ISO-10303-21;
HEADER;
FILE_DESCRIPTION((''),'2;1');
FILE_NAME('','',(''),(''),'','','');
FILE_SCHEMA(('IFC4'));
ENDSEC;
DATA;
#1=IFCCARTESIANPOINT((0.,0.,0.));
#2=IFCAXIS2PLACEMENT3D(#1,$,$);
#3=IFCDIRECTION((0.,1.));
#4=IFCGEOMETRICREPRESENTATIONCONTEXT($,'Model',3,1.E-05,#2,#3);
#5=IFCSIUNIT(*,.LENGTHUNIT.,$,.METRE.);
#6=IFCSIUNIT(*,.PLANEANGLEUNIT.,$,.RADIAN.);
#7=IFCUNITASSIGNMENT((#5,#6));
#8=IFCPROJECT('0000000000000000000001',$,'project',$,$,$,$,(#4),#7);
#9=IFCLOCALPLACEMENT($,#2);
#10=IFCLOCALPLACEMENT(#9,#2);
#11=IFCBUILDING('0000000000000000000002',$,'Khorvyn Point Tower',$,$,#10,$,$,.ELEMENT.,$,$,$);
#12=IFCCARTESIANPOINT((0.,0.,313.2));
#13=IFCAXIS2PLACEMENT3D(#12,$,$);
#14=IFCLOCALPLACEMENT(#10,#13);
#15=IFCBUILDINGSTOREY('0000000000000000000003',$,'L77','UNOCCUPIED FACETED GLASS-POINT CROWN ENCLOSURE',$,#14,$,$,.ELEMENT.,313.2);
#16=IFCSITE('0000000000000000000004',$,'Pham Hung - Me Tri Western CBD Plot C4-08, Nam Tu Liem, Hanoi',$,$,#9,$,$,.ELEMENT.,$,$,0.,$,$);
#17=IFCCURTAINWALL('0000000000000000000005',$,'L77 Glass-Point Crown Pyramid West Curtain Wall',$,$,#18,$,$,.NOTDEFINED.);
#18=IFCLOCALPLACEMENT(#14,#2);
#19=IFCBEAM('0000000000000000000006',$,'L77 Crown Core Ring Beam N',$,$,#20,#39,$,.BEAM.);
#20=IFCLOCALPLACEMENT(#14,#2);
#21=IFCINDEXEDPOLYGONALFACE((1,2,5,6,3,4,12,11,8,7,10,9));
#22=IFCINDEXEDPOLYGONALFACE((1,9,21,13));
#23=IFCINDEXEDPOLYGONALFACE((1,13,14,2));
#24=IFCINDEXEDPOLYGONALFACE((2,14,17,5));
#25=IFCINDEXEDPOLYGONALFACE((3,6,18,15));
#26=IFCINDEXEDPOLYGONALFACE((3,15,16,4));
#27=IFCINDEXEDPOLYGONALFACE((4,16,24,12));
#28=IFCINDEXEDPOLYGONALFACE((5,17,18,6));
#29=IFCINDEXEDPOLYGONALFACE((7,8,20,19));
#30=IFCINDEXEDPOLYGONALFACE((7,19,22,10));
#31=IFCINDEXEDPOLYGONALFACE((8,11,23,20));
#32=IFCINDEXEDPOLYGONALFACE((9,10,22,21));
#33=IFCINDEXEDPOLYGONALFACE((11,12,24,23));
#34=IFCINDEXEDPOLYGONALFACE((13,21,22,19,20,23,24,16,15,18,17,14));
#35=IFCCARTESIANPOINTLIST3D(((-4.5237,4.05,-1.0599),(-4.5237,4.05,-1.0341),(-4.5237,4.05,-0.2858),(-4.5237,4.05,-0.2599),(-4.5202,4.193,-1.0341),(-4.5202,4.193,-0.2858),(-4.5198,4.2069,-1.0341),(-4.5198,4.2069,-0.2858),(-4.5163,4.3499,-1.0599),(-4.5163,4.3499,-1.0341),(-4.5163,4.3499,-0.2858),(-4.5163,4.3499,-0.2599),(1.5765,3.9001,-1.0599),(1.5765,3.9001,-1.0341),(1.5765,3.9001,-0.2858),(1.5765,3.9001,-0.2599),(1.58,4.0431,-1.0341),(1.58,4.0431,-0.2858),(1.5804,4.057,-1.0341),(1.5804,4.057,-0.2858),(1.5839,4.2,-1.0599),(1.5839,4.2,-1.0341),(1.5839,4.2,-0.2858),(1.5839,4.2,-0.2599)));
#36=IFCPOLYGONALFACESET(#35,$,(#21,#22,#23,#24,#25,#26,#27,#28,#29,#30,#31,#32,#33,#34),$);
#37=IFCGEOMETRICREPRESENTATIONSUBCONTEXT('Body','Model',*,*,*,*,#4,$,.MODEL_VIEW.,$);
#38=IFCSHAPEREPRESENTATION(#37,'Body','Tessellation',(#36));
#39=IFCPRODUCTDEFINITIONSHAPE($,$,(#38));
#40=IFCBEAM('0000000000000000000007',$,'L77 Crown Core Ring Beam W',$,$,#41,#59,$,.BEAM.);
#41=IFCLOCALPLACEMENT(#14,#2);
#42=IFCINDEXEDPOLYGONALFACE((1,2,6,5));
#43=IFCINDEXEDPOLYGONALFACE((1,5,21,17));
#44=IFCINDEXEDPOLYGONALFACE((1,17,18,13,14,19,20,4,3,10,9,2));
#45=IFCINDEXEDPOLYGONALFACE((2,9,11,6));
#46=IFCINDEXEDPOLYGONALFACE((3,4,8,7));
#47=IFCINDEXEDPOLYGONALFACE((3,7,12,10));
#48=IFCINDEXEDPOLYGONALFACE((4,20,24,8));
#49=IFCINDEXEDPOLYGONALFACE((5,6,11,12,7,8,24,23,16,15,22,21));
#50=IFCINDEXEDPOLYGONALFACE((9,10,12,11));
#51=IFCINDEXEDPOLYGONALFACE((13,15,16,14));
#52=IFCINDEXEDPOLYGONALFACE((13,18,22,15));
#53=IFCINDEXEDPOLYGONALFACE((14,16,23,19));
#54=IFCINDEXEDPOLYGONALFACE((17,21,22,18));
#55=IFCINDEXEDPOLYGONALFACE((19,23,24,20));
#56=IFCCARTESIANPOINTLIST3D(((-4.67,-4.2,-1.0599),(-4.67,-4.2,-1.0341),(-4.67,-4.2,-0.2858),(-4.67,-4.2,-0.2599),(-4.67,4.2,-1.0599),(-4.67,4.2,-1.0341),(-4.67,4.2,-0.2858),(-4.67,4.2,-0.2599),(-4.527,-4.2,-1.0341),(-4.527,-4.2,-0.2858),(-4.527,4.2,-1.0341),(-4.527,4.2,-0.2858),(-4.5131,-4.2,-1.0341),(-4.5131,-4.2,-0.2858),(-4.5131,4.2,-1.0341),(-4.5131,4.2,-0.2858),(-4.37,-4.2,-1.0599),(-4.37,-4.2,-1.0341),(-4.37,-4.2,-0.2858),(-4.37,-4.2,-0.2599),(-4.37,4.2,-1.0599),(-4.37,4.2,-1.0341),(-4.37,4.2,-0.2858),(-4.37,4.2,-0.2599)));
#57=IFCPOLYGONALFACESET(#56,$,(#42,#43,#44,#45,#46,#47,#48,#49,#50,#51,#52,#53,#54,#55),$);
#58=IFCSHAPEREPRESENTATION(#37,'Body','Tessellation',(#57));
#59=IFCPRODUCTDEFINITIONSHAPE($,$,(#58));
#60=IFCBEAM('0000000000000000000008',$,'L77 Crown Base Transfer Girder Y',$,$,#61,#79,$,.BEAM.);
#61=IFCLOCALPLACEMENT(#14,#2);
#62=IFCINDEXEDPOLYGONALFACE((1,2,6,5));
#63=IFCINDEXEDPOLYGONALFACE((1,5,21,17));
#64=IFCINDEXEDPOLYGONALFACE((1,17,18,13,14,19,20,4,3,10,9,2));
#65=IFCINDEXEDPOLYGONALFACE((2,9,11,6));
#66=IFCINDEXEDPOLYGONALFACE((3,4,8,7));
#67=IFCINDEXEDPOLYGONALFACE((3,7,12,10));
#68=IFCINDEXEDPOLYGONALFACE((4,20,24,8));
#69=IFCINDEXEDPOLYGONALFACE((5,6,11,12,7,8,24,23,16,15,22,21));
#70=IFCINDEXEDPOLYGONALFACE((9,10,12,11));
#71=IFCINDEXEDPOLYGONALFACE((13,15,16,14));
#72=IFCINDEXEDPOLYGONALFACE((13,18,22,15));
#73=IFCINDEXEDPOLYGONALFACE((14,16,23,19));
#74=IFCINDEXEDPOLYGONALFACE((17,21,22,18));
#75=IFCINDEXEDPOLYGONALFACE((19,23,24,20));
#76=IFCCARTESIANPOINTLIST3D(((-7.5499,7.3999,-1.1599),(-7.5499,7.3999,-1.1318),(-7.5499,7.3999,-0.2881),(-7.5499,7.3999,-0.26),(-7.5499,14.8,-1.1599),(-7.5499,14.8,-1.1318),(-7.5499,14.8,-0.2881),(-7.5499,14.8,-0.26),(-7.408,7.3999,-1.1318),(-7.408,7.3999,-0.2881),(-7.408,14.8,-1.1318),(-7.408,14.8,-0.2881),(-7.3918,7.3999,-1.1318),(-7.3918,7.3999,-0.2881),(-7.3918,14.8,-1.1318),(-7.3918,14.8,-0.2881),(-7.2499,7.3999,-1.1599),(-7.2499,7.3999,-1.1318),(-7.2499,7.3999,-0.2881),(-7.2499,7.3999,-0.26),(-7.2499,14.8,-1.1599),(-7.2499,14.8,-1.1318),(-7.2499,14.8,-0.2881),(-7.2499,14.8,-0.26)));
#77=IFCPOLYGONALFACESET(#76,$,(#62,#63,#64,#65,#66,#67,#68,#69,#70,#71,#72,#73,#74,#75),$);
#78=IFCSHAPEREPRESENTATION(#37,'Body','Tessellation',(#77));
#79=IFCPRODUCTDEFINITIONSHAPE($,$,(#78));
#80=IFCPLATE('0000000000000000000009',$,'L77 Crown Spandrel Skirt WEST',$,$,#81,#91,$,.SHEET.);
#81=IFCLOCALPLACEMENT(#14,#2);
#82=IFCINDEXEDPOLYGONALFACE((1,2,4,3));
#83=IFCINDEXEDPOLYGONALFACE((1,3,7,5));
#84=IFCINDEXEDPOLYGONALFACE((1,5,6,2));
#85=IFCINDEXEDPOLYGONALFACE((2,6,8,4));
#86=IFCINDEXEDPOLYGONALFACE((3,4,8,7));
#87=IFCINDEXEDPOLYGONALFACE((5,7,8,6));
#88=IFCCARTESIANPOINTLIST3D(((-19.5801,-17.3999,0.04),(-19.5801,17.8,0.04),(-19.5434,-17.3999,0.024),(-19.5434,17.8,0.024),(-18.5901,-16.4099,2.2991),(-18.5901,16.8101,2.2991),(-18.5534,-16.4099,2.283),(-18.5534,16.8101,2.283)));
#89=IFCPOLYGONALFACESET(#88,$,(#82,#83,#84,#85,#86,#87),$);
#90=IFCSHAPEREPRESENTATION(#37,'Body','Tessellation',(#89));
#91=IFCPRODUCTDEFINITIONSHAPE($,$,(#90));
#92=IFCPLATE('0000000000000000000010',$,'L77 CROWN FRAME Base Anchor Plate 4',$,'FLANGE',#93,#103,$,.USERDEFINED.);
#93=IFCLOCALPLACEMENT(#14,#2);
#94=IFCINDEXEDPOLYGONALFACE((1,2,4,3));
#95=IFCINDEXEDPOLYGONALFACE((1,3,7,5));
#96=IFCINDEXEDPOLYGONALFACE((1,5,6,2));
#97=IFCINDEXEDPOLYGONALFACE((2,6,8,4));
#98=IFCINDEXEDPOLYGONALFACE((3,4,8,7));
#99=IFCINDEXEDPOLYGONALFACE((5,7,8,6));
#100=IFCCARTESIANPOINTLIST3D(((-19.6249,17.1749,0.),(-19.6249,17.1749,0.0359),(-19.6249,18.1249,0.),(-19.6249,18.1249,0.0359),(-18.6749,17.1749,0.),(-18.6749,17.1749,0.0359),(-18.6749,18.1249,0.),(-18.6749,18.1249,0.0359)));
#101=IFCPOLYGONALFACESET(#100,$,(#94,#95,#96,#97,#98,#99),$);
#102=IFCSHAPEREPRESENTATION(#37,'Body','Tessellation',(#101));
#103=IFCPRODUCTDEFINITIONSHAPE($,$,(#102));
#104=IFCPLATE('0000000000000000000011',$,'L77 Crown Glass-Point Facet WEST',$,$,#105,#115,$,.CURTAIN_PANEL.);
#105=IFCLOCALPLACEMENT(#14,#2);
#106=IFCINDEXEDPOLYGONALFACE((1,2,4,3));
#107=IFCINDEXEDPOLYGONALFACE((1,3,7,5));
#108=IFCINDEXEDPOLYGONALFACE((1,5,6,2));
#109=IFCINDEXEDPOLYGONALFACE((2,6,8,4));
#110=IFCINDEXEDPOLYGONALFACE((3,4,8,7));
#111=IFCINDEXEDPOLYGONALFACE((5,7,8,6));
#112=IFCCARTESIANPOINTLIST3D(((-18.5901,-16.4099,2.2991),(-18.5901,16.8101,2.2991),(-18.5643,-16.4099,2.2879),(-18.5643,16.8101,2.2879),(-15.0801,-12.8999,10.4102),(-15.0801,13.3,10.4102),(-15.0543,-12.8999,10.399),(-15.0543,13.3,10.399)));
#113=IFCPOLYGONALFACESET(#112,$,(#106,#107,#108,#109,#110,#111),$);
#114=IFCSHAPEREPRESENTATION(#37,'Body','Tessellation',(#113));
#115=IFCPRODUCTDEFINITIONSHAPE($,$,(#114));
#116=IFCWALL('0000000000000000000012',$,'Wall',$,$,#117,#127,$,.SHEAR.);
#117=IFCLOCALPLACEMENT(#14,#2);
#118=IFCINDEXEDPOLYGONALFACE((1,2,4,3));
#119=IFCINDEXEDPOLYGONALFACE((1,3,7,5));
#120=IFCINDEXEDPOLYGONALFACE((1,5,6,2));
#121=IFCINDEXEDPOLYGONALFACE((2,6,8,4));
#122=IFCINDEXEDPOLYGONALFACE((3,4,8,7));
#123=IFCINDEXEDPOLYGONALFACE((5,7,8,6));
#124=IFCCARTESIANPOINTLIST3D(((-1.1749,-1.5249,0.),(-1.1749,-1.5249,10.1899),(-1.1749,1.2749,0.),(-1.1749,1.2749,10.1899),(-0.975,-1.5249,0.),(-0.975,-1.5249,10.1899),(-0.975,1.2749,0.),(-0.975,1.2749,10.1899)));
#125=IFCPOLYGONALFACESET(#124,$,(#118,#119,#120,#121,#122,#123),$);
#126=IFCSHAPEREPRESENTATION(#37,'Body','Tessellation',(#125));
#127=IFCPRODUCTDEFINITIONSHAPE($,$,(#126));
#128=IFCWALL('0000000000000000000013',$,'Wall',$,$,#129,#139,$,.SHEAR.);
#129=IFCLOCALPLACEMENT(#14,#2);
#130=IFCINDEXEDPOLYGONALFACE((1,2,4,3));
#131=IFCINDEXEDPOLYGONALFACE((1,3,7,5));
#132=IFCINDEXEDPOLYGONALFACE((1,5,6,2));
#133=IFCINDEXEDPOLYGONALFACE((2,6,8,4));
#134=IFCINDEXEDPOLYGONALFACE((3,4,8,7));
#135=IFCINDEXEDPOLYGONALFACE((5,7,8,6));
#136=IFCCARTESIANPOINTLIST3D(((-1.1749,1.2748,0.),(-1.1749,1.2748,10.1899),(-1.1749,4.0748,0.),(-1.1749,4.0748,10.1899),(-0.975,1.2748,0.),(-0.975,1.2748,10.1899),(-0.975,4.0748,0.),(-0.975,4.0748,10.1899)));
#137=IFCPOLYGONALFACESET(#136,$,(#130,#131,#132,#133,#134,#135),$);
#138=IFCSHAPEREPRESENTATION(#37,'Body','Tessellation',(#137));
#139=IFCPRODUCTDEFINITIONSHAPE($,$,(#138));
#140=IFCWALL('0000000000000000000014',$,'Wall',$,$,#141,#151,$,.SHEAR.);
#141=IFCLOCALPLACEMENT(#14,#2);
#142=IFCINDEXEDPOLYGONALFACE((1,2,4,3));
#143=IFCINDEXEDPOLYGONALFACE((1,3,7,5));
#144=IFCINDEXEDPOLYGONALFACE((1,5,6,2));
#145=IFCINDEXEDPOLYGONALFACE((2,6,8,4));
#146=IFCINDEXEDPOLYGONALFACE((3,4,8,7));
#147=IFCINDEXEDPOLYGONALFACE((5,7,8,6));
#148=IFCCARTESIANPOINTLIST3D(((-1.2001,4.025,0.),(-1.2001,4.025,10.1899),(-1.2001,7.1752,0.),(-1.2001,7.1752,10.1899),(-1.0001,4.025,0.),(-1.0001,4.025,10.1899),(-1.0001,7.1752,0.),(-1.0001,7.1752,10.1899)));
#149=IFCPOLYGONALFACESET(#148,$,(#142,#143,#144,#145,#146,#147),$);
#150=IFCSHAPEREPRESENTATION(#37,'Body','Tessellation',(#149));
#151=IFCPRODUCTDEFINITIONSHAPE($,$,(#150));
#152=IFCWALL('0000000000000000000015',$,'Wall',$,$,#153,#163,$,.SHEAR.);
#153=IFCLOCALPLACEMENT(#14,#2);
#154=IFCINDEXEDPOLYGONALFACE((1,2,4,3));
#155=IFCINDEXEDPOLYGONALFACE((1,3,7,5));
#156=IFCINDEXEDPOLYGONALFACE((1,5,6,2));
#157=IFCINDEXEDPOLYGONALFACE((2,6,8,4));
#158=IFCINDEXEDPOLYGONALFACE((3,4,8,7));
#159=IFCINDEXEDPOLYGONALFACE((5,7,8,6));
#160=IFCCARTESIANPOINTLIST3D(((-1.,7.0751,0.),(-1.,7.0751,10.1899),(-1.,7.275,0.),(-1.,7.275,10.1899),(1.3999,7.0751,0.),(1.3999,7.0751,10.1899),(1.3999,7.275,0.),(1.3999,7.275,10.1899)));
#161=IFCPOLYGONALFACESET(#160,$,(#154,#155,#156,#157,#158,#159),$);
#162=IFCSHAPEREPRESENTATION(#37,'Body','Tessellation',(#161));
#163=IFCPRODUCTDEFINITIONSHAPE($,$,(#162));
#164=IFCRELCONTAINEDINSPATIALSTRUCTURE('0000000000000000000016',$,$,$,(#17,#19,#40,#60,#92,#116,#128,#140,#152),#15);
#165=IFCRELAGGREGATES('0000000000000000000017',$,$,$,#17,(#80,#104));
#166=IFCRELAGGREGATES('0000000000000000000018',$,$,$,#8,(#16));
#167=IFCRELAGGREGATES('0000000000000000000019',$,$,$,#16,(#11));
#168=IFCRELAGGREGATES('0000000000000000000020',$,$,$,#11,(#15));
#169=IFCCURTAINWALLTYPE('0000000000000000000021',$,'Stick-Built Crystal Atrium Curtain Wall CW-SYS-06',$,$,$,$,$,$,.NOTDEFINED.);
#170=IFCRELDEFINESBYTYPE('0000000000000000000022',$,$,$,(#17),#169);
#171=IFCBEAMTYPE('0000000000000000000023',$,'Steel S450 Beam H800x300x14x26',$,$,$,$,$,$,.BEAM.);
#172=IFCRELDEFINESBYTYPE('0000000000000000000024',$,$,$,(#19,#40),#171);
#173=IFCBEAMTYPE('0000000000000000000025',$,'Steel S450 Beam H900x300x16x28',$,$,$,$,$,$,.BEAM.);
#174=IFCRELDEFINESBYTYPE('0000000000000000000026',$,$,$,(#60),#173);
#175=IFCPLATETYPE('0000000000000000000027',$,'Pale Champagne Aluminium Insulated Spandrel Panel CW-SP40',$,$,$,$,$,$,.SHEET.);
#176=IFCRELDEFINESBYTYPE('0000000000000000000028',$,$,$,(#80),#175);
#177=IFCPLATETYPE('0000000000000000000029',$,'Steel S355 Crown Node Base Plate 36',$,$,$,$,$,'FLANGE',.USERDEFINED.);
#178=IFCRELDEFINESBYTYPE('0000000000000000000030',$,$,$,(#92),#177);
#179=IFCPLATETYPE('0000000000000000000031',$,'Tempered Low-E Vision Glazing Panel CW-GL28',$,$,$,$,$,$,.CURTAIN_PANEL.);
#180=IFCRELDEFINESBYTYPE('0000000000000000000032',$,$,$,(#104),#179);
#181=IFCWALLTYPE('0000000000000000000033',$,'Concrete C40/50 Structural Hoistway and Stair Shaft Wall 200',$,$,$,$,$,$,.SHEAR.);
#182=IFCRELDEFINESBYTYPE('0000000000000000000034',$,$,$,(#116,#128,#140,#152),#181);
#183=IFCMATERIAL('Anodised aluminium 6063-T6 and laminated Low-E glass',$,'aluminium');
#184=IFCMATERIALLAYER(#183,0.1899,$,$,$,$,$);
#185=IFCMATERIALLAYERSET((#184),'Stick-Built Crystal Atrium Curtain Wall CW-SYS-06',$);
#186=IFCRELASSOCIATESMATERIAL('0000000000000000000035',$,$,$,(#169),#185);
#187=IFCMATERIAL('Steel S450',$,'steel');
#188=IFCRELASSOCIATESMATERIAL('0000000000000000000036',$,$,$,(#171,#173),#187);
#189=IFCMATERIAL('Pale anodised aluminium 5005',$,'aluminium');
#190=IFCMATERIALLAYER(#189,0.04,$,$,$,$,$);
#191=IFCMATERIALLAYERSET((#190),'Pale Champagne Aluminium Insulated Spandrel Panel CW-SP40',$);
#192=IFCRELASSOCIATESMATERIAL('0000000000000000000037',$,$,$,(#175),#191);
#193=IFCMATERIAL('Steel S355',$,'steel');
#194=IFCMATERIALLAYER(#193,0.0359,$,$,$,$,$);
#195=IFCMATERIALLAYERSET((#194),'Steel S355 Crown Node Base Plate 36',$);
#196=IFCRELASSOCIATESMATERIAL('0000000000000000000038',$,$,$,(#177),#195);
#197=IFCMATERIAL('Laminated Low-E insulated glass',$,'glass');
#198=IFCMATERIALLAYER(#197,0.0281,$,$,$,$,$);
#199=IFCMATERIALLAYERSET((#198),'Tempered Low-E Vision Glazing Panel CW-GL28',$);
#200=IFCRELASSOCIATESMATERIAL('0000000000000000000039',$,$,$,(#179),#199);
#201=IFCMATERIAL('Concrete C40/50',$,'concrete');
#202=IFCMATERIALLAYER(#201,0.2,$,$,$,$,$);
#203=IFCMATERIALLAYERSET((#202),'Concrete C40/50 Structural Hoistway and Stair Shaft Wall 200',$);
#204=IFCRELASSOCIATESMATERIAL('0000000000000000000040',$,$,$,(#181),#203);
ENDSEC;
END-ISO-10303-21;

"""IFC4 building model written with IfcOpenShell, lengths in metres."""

from ifc_helpers import new_model, si_unit, direction, frame, frame_2d, origin, origin_2d, place, context, subcontext, project, spatial, polyline, rectangle, i_section, outline, extrude, material, layer, layer_set, material_profile, profile_set, type_object, element, aggregate, save


model = new_model("IFC4")

# Units and contexts
model_context = context("Model", 3, precision=1e-05, world=origin(), true_north=direction((0.0, 1.0)))
body_context = subcontext(model_context, "Body", "Model", "MODEL_VIEW")
ifc_project = project(units=[si_unit("LENGTHUNIT", "METRE"), si_unit("PLANEANGLEUNIT", "RADIAN")], contexts=[model_context])

# Site, building, storey
site_placement = place(None, origin())
site = spatial("IfcSite", under=ifc_project, at=site_placement, Name="Pham Hung - Me Tri Western CBD Plot C4-08, Nam Tu Liem, Hanoi", CompositionType="ELEMENT", RefElevation=0.0)
building_placement = place(site_placement, origin())
building = spatial("IfcBuilding", under=site, at=building_placement, Name="Khorvyn Point Tower", CompositionType="ELEMENT")
storey_placement = place(building_placement, frame((0.0, 0.0, 313.2)))
storey = spatial("IfcBuildingStorey", under=building, at=storey_placement, Name="L77", Description="UNOCCUPIED FACETED GLASS-POINT CROWN ENCLOSURE", CompositionType="ELEMENT", Elevation=313.2)

# Shared definitions
ifc_material_1 = material(Name="Steel S355", Category="steel")

# Curtain wall
ifc_material_2 = material(Name="Anodised aluminium 6063-T6 and laminated Low-E glass", Category="aluminium")
ifc_layer_1 = layer(ifc_material_2, 0.1899)
ifc_layer_set_1 = layer_set([ifc_layer_1], Name="Stick-Built Crystal Atrium Curtain Wall CW-SYS-06")
curtain_wall_type = type_object("IfcCurtainWallType", Name="Stick-Built Crystal Atrium Curtain Wall CW-SYS-06", PredefinedType="NOTDEFINED", material=ifc_layer_set_1)
curtain_wall_placement = place(storey_placement, origin())
curtain_wall = element("IfcCurtainWall", 1, at=curtain_wall_placement, inside=storey, type_object=curtain_wall_type, Name="L77 Glass-Point Crown Pyramid West Curtain Wall", PredefinedType="NOTDEFINED")

# Shared definitions
ifc_material_3 = material(Name="Concrete C40/50", Category="concrete")

# Beams
ifc_material_4 = material(Name="Steel S450", Category="steel")
ifc_material_profile_1 = material_profile(ifc_material_4, i_section(OverallWidth=0.3, OverallDepth=0.8, WebThickness=0.0139, FlangeThickness=0.0259, at=origin_2d()))
ifc_profile_set_1 = profile_set([ifc_material_profile_1], Name="Steel S450 H800x300x14x26")
beam_type_1 = type_object("IfcBeamType", Name="Steel S450 Beam H800x300x14x26", PredefinedType="BEAM", material=ifc_profile_set_1)
beam_1_placement = place(storey_placement, frame((-4.52, 4.2, -0.6599), z_axis=(0.999698, -0.024566, 0.0), x_axis=(0.024566, 0.999698, 0.0)))
element("IfcBeam", 2, at=beam_1_placement, inside=storey, type_object=beam_type_1, Name="L77 Crown Core Ring Beam N", PredefinedType="BEAM", context=body_context, shape_type="SweptSolid", body=[
    extrude(i_section(OverallWidth=0.3, OverallDepth=0.8, WebThickness=0.0139, FlangeThickness=0.0259, at=origin_2d()), origin(), (0.0, 0.0, 1.0), 6.1021),
])
beam_2_placement = place(storey_placement, frame((-4.52, -4.2, -0.6599), z_axis=(0.0, 1.0, 0.0), x_axis=(-1.0, 0.0, 0.0)))
element("IfcBeam", 3, at=beam_2_placement, inside=storey, type_object=beam_type_1, Name="L77 Crown Core Ring Beam W", PredefinedType="BEAM", context=body_context, shape_type="SweptSolid", body=[
    extrude(i_section(OverallWidth=0.3, OverallDepth=0.8, WebThickness=0.0139, FlangeThickness=0.0259, at=origin_2d()), origin(), (0.0, 0.0, 1.0), 8.3999),
])
ifc_material_profile_2 = material_profile(ifc_material_4, i_section(OverallWidth=0.3, OverallDepth=0.8999, WebThickness=0.0161, FlangeThickness=0.0281, at=origin_2d()))
ifc_profile_set_2 = profile_set([ifc_material_profile_2], Name="Steel S450 H900x300x16x28")
beam_type_2 = type_object("IfcBeamType", Name="Steel S450 Beam H900x300x16x28", PredefinedType="BEAM", material=ifc_profile_set_2)
beam_3_placement = place(storey_placement, frame((-7.3999, 7.3999, -0.71), z_axis=(0.0, 1.0, 0.0), x_axis=(-1.0, 0.0, 0.0)))
element("IfcBeam", 4, at=beam_3_placement, inside=storey, type_object=beam_type_2, Name="L77 Crown Base Transfer Girder Y", PredefinedType="BEAM", context=body_context, shape_type="SweptSolid", body=[
    extrude(i_section(OverallWidth=0.3, OverallDepth=0.8999, WebThickness=0.0161, FlangeThickness=0.0281, at=origin_2d()), origin(), (0.0, 0.0, 1.0), 7.4001),
])

# Plates
ifc_material_5 = material(Name="Pale anodised aluminium 5005", Category="aluminium")
ifc_layer_2 = layer(ifc_material_5, 0.04)
ifc_layer_set_2 = layer_set([ifc_layer_2], Name="Pale Champagne Aluminium Insulated Spandrel Panel CW-SP40")
plate_type_1 = type_object("IfcPlateType", Name="Pale Champagne Aluminium Insulated Spandrel Panel CW-SP40", PredefinedType="SHEET", material=ifc_layer_set_2)
plate_1_placement = place(storey_placement, frame((-19.5801, 17.8, 0.04), z_axis=(-0.91591, 0.0, 0.401385), x_axis=(0.0, -1.0, 0.0)))
plate_1 = element("IfcPlate", 5, at=plate_1_placement, type_object=plate_type_1, Name="L77 Crown Spandrel Skirt WEST", PredefinedType="SHEET", context=body_context, shape_type="SweptSolid", body=[
    extrude(outline(polyline([(0.0, 0.0), (35.2, 0.0), (34.21, 2.4664), (0.99, 2.4664), (0.0, 0.0)])), origin(), (0.0, 0.0, -1.0), 0.04),
])
ifc_layer_3 = layer(ifc_material_1, 0.0359)
ifc_layer_set_3 = layer_set([ifc_layer_3], Name="Steel S355 Crown Node Base Plate 36")
plate_type_2 = type_object("IfcPlateType", Name="Steel S355 Crown Node Base Plate 36", ElementType="FLANGE", PredefinedType="USERDEFINED", material=ifc_layer_set_3)
plate_2_placement = place(storey_placement, frame((-19.1499, 17.6499, 0.0), z_axis=(0.0, 0.0, 1.0), x_axis=(1.0, 0.0, 0.0)))
element("IfcPlate", 6, at=plate_2_placement, inside=storey, type_object=plate_type_2, Name="L77 CROWN FRAME Base Anchor Plate 4", ObjectType="FLANGE", PredefinedType="USERDEFINED", context=body_context, shape_type="SweptSolid", body=[
    extrude(rectangle(XDim=0.95, YDim=0.95, at=origin_2d()), origin(), (0.0, 0.0, 1.0), 0.0359),
])
ifc_material_6 = material(Name="Laminated Low-E insulated glass", Category="glass")
ifc_layer_4 = layer(ifc_material_6, 0.0281)
ifc_layer_set_4 = layer_set([ifc_layer_4], Name="Tempered Low-E Vision Glazing Panel CW-GL28")
plate_type_3 = type_object("IfcPlateType", Name="Tempered Low-E Vision Glazing Panel CW-GL28", PredefinedType="CURTAIN_PANEL", material=ifc_layer_set_4)
plate_3_placement = place(storey_placement, frame((-18.5901, 16.8101, 2.2991), z_axis=(-0.917753, 0.0, 0.397151), x_axis=(0.0, -1.0, 0.0)))
plate_3 = element("IfcPlate", 7, at=plate_3_placement, type_object=plate_type_3, Name="L77 Crown Glass-Point Facet WEST", PredefinedType="CURTAIN_PANEL", context=body_context, shape_type="SweptSolid", body=[
    extrude(outline(polyline([(0.0, 0.0), (33.22, 0.0), (29.71, 8.838), (3.51, 8.838), (0.0, 0.0)])), origin(), (0.0, 0.0, -1.0), 0.0281),
])
aggregate(curtain_wall, [plate_1, plate_3])

# Walls
ifc_layer_5 = layer(ifc_material_3, 0.2)
ifc_layer_set_5 = layer_set([ifc_layer_5], Name="Concrete C40/50 Structural Hoistway and Stair Shaft Wall 200")
wall_type = type_object("IfcWallType", Name="Concrete C40/50 Structural Hoistway and Stair Shaft Wall 200", PredefinedType="SHEAR", material=ifc_layer_set_5)
wall_1_placement = place(storey_placement, frame((-1.075, -1.5249, 0.0), z_axis=(0.0, 0.0, 1.0), x_axis=(0.0, 1.0, 0.0)))
element("IfcWall", 8, at=wall_1_placement, inside=storey, type_object=wall_type, Name="Wall", PredefinedType="SHEAR", context=body_context, shape_type="SweptSolid", body=[
    extrude(rectangle(XDim=2.7998, YDim=0.2, at=frame_2d((1.3999, 0.0))), origin(), (0.0, 0.0, 1.0), 10.1899),
])
wall_2_placement = place(storey_placement, frame((-1.075, 1.2749, 0.0), z_axis=(0.0, 0.0, 1.0), x_axis=(0.0, 1.0, 0.0)))
element("IfcWall", 9, at=wall_2_placement, inside=storey, type_object=wall_type, Name="Wall", PredefinedType="SHEAR", context=body_context, shape_type="SweptSolid", body=[
    extrude(rectangle(XDim=2.8, YDim=0.2, at=frame_2d((1.3999, 0.0))), origin(), (0.0, 0.0, 1.0), 10.1899),
])
wall_3_placement = place(storey_placement, frame((-1.1001, 4.0249, 0.0), z_axis=(0.0, 0.0, 1.0), x_axis=(0.0, 1.0, 0.0)))
element("IfcWall", 10, at=wall_3_placement, inside=storey, type_object=wall_type, Name="Wall", PredefinedType="SHEAR", context=body_context, shape_type="SweptSolid", body=[
    extrude(rectangle(XDim=3.1501, YDim=0.2, at=frame_2d((1.5752, 0.0))), origin(), (0.0, 0.0, 1.0), 10.1899),
])
wall_4_placement = place(storey_placement, frame((-1.0, 7.175, 0.0), z_axis=(0.0, 0.0, 1.0), x_axis=(1.0, 0.0, 0.0)))
element("IfcWall", 11, at=wall_4_placement, inside=storey, type_object=wall_type, Name="Wall", PredefinedType="SHEAR", context=body_context, shape_type="SweptSolid", body=[
    extrude(rectangle(XDim=2.3999, YDim=0.2, at=frame_2d((1.2, 0.0))), origin(), (0.0, 0.0, 1.0), 10.1899),
])

save(model, "model.ifc")
